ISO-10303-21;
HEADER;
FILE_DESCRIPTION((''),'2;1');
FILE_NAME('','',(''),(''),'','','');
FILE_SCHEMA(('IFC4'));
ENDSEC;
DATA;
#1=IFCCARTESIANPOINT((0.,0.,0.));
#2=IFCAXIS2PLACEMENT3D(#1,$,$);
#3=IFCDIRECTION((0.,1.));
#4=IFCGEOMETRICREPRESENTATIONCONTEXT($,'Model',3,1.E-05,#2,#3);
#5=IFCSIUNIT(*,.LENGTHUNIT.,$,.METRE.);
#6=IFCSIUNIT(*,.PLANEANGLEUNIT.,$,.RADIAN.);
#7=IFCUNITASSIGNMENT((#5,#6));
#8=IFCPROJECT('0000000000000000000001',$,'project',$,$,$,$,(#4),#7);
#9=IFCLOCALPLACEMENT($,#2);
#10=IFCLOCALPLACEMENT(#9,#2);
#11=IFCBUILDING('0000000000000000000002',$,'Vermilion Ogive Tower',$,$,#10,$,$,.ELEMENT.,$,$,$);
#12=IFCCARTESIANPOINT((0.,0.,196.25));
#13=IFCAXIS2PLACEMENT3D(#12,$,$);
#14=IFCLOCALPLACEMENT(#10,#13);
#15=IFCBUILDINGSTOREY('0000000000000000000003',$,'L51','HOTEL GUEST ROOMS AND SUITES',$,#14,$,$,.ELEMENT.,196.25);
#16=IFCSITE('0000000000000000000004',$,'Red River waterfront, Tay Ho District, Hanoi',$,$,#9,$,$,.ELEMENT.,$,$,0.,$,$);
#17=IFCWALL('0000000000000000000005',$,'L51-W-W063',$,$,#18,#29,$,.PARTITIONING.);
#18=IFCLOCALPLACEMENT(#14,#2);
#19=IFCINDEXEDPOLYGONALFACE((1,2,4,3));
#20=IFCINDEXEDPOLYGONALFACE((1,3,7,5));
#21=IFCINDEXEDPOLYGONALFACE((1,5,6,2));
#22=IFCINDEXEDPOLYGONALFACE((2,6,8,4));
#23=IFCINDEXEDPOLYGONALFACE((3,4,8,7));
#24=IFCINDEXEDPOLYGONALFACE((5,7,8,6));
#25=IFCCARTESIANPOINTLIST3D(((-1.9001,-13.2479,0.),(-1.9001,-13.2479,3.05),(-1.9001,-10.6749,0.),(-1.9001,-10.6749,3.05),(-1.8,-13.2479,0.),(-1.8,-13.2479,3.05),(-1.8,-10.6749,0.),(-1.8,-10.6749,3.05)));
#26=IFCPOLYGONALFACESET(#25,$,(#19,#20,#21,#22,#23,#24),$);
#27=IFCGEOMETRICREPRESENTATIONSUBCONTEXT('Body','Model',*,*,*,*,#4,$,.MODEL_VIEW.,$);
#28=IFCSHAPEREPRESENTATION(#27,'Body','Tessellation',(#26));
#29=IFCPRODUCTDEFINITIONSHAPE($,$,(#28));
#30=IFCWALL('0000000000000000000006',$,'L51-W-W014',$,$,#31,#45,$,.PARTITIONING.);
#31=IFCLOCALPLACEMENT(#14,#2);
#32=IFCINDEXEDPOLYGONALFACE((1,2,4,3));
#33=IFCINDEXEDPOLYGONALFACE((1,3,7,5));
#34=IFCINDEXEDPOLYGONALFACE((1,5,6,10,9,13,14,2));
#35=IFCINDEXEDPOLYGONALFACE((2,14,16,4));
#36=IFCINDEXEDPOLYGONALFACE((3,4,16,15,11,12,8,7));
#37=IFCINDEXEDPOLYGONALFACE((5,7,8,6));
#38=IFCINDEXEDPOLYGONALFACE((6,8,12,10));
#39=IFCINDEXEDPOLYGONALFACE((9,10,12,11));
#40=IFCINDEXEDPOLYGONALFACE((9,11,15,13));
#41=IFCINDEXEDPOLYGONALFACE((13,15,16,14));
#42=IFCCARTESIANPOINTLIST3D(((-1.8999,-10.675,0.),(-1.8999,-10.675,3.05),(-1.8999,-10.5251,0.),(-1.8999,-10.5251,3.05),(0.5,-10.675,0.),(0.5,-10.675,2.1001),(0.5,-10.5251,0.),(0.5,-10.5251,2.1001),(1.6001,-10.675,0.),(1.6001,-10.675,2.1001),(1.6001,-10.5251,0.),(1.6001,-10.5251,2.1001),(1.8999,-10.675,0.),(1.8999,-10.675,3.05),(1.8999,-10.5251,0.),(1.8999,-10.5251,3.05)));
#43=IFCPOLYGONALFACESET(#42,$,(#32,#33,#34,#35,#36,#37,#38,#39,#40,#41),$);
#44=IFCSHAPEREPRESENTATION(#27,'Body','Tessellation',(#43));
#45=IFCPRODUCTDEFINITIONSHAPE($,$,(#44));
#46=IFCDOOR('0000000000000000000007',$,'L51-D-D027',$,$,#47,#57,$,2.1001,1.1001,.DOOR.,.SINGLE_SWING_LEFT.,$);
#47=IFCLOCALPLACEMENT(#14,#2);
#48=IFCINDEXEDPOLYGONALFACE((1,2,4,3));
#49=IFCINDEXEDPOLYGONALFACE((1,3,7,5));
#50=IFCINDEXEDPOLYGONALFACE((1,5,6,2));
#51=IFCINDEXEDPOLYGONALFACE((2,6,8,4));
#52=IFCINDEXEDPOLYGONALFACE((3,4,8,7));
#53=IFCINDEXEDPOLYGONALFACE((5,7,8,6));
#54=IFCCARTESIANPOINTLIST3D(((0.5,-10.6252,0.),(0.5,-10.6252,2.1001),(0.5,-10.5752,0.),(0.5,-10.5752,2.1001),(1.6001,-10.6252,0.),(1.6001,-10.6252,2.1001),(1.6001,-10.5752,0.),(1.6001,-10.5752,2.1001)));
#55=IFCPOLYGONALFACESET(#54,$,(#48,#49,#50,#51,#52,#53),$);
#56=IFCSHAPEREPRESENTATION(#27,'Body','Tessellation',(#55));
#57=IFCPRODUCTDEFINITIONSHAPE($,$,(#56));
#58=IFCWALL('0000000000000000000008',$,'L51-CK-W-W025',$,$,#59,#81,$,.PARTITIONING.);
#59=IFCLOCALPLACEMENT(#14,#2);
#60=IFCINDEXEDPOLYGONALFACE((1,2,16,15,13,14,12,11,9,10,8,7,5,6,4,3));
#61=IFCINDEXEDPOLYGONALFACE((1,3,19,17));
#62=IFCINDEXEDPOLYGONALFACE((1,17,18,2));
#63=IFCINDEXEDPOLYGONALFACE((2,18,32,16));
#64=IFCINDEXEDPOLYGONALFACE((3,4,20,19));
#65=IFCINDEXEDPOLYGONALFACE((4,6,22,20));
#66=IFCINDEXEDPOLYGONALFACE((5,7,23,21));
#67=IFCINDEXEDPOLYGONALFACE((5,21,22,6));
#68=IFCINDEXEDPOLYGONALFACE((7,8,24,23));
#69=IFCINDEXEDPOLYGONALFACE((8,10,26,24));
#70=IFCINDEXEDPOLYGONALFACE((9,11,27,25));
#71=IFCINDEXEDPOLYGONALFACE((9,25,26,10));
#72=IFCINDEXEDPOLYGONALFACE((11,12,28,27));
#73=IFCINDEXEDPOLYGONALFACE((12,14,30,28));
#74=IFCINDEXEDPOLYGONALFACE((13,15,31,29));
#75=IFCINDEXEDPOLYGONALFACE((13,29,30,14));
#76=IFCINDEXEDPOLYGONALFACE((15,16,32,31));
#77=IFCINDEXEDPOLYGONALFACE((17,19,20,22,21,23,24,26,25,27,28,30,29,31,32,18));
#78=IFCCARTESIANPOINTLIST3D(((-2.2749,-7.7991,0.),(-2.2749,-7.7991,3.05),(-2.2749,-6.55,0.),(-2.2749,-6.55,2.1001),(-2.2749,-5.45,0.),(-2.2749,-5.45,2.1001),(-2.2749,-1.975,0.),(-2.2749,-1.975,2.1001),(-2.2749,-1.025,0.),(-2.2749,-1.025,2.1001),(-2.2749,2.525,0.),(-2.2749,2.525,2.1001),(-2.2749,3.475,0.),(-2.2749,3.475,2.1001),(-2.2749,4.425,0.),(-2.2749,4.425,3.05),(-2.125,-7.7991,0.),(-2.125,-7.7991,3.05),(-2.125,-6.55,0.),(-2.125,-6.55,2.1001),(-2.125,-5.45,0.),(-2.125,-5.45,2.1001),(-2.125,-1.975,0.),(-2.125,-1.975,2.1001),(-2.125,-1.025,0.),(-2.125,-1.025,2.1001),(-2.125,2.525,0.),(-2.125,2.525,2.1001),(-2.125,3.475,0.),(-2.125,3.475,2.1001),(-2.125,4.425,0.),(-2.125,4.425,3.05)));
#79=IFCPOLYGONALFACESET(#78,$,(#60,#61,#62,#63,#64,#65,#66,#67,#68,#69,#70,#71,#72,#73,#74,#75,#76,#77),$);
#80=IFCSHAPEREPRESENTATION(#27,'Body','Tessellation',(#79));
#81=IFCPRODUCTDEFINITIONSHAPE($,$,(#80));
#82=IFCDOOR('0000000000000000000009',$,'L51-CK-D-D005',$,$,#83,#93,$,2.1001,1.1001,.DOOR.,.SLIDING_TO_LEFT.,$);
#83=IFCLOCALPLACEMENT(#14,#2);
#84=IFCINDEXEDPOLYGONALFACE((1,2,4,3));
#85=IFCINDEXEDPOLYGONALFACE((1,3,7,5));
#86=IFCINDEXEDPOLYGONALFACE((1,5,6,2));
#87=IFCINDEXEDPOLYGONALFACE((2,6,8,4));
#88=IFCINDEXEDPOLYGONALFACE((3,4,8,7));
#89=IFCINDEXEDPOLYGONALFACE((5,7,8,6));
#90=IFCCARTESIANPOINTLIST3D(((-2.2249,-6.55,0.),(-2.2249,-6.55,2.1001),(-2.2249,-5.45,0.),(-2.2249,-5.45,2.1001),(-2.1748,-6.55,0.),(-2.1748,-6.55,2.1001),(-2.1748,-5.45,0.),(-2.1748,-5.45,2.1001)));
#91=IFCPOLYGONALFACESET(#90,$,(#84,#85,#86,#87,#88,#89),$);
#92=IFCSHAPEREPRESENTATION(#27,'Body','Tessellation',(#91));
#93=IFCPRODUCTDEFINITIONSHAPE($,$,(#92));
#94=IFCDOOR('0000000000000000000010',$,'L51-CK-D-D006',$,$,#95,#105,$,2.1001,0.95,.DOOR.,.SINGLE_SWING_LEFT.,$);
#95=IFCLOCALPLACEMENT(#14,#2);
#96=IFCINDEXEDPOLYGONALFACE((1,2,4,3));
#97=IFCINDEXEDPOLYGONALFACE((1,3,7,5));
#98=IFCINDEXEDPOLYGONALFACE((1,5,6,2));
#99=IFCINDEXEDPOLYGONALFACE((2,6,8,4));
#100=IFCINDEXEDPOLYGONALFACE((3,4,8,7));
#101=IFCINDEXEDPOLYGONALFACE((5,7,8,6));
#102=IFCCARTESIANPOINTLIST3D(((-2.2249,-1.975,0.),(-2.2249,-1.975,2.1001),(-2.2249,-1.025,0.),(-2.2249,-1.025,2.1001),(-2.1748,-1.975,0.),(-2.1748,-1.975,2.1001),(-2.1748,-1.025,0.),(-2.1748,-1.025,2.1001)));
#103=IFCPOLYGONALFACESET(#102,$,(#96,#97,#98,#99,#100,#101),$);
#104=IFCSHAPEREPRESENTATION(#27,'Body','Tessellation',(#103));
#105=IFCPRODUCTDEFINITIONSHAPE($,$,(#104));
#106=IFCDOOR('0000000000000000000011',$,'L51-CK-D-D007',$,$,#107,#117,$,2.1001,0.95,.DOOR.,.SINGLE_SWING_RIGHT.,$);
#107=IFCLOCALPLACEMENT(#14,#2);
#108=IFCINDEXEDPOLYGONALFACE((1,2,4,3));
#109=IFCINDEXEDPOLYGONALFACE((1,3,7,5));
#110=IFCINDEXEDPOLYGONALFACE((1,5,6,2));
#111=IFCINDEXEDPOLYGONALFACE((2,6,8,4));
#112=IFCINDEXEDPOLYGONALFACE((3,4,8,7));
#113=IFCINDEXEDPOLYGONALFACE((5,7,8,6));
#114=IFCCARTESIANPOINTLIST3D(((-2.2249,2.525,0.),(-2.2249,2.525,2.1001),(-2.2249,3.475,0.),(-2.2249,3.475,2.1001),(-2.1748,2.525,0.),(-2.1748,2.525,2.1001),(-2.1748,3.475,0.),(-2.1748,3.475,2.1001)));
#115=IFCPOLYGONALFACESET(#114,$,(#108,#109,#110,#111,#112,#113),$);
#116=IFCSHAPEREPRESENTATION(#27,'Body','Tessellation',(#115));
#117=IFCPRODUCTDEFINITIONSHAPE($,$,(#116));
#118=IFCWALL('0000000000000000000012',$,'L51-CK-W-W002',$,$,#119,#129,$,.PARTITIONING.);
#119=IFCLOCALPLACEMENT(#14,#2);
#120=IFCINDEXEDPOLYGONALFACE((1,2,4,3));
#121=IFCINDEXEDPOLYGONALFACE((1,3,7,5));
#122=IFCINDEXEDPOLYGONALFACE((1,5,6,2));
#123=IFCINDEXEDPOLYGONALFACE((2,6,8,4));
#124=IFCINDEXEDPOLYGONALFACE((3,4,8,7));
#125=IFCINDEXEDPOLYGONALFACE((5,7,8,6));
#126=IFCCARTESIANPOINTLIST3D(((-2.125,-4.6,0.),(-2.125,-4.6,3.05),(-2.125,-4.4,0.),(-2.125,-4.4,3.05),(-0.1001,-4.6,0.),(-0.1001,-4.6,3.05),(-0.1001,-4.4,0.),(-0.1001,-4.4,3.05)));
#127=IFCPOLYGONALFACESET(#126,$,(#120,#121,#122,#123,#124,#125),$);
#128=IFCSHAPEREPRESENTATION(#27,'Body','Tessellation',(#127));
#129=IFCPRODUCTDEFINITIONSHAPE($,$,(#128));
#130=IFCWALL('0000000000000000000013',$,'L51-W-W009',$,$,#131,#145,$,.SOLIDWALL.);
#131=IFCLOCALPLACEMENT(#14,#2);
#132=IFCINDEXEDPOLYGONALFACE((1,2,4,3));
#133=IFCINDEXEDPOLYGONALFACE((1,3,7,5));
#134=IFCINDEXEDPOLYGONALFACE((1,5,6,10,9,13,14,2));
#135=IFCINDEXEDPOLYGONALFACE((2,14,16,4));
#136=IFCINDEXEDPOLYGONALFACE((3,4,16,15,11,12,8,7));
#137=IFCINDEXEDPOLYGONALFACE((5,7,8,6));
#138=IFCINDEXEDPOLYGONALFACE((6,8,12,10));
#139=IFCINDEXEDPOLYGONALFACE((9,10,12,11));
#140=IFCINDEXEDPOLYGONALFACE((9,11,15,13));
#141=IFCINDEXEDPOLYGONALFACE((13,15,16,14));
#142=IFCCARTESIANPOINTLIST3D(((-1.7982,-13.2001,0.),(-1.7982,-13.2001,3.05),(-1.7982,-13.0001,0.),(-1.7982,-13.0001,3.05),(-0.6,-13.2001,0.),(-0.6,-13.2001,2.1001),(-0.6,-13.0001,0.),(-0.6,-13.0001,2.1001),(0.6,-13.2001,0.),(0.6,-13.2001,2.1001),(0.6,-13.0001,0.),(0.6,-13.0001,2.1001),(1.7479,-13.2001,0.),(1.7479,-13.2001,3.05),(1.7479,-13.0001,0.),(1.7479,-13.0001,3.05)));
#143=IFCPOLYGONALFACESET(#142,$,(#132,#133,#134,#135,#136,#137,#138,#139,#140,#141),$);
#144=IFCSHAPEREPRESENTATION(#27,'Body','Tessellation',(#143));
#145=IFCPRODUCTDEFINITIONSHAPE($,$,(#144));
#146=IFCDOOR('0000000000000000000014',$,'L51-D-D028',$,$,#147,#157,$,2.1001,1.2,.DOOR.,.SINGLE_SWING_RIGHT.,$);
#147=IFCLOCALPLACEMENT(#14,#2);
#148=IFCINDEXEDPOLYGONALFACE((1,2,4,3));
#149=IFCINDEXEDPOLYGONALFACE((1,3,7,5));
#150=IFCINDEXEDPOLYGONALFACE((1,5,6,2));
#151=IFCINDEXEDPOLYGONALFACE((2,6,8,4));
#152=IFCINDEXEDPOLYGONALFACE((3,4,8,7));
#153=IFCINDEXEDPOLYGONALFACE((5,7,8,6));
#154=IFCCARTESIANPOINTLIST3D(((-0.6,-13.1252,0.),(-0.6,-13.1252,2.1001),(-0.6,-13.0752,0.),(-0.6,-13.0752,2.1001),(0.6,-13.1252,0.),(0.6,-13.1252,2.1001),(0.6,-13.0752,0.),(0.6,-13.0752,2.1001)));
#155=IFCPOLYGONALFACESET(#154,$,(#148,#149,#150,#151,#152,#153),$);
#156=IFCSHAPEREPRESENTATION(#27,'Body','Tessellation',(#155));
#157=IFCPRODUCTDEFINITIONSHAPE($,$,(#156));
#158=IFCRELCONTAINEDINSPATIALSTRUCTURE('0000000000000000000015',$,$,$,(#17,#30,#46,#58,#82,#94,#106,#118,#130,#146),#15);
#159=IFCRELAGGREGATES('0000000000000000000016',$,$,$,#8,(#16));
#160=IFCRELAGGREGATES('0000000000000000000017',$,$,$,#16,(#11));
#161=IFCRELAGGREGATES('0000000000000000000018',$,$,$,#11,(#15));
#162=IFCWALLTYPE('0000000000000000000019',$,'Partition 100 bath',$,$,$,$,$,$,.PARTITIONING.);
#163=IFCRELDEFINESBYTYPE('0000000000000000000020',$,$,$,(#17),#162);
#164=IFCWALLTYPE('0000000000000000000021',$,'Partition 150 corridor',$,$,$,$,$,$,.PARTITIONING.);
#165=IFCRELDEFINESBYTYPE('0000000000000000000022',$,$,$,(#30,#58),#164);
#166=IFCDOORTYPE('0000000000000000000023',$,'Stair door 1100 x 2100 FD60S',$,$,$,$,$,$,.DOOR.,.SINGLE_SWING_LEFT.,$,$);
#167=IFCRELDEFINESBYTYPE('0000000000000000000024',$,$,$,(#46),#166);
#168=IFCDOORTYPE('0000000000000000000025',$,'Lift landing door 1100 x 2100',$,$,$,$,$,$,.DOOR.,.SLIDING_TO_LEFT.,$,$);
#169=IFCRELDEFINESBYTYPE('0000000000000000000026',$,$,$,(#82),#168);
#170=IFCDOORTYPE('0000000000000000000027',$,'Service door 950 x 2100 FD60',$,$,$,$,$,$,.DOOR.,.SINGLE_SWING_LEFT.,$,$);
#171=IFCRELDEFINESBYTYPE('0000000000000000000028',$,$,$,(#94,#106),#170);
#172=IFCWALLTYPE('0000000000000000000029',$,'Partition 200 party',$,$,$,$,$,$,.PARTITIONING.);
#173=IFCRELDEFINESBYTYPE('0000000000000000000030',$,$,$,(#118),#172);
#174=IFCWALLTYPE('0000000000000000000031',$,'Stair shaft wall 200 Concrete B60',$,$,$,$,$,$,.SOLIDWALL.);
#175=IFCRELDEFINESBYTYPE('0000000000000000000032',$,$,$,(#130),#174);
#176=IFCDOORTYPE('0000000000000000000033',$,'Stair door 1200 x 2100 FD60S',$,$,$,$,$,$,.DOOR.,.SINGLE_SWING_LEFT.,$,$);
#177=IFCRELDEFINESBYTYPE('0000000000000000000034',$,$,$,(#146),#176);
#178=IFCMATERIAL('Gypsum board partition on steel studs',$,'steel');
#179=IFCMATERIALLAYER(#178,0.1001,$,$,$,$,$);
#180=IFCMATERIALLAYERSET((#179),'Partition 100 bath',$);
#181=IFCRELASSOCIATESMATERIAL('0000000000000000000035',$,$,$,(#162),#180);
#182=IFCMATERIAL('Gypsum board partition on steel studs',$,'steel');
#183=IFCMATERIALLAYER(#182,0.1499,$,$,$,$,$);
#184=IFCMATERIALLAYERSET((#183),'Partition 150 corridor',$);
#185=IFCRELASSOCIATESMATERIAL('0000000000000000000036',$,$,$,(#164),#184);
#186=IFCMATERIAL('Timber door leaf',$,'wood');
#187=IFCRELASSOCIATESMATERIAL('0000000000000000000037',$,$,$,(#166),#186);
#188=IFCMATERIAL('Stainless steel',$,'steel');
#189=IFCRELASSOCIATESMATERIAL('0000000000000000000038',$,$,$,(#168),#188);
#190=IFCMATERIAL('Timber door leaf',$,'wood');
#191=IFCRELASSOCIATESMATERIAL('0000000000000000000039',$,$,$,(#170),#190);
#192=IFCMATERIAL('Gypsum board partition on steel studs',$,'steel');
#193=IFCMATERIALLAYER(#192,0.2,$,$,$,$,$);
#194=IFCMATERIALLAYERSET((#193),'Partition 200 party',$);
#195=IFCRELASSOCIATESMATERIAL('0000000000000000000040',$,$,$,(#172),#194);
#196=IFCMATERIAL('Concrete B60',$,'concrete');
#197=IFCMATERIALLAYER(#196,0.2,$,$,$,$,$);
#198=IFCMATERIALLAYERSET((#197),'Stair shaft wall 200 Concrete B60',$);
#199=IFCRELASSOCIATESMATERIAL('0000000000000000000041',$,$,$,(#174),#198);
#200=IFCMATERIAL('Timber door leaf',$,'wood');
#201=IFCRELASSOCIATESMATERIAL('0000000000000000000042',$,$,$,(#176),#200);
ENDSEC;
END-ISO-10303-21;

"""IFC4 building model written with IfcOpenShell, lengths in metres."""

from ifc_helpers import new_model, si_unit, direction, frame, frame_2d, origin, place, context, subcontext, project, spatial, rectangle, extrude, material, layer, layer_set, type_object, element, fill, save


model = new_model("IFC4")

# Units and contexts
model_context = context("Model", 3, precision=1e-05, world=origin(), true_north=direction((0.0, 1.0)))
body_context = subcontext(model_context, "Body", "Model", "MODEL_VIEW")
ifc_project = project(units=[si_unit("LENGTHUNIT", "METRE"), si_unit("PLANEANGLEUNIT", "RADIAN")], contexts=[model_context])

# Site, building, storey
site_placement = place(None, origin())
site = spatial("IfcSite", under=ifc_project, at=site_placement, Name="Red River waterfront, Tay Ho District, Hanoi", CompositionType="ELEMENT", RefElevation=0.0)
building_placement = place(site_placement, origin())
building = spatial("IfcBuilding", under=site, at=building_placement, Name="Vermilion Ogive Tower", CompositionType="ELEMENT")
storey_placement = place(building_placement, frame((0.0, 0.0, 196.25)))
storey = spatial("IfcBuildingStorey", under=building, at=storey_placement, Name="L51", Description="HOTEL GUEST ROOMS AND SUITES", CompositionType="ELEMENT", Elevation=196.25)

# Wall
ifc_material_1 = material(Name="Gypsum board partition on steel studs", Category="steel")
ifc_layer_1 = layer(ifc_material_1, 0.1001)
ifc_layer_set_1 = layer_set([ifc_layer_1], Name="Partition 100 bath")
wall_type_1 = type_object("IfcWallType", Name="Partition 100 bath", PredefinedType="PARTITIONING", material=ifc_layer_set_1)
wall_1_placement = place(storey_placement, frame((-1.8501, -13.248, 0.0), z_axis=(0.0, 0.0, 1.0), x_axis=(0.0, 1.0, 0.0)))
element("IfcWall", 1, at=wall_1_placement, inside=storey, type_object=wall_type_1, Name="L51-W-W063", PredefinedType="PARTITIONING", context=body_context, shape_type="SweptSolid", body=[
    extrude(rectangle(XDim=2.573, YDim=0.1001, at=frame_2d((1.2866, 0.0))), origin(), (0.0, 0.0, 1.0), 3.05),
])

# Wall, opening, door
ifc_material_2 = material(Name="Gypsum board partition on steel studs", Category="steel")
ifc_layer_2 = layer(ifc_material_2, 0.1499)
ifc_layer_set_2 = layer_set([ifc_layer_2], Name="Partition 150 corridor")
wall_type_2 = type_object("IfcWallType", Name="Partition 150 corridor", PredefinedType="PARTITIONING", material=ifc_layer_set_2)
wall_2_placement = place(storey_placement, frame((-1.8999, -10.6001, 0.0), z_axis=(0.0, 0.0, 1.0), x_axis=(1.0, 0.0, 0.0)))
wall_2 = element("IfcWall", 2, at=wall_2_placement, inside=storey, type_object=wall_type_2, Name="L51-W-W014", PredefinedType="PARTITIONING", context=body_context, shape_type="SweptSolid", body=[
    extrude(rectangle(XDim=3.7998, YDim=0.1499, at=frame_2d((1.8999, 0.0))), origin(), (0.0, 0.0, 1.0), 3.05),
])
opening_1_placement = place(wall_2_placement, frame((2.3999, 0.0, 0.0)))
opening_1 = element("IfcOpeningElement", 3, at=opening_1_placement, cuts=wall_2, PredefinedType="OPENING", context=body_context, shape_type="SweptSolid", body=[
    extrude(rectangle(XDim=1.1001, YDim=2.1001, at=frame_2d((0.55, 1.05))), frame((0.0, 0.085, 0.0), z_axis=(0.0, -1.0, 0.0), x_axis=(1.0, 0.0, 0.0)), (0.0, 0.0, 1.0), 0.1699),
])
ifc_material_3 = material(Name="Timber door leaf", Category="wood")
door_type_1 = type_object("IfcDoorType", Name="Stair door 1100 x 2100 FD60S", OperationType="SINGLE_SWING_LEFT", PredefinedType="DOOR", material=ifc_material_3)
door_1_placement = place(opening_1_placement, origin())
door_1 = element("IfcDoor", 4, at=door_1_placement, inside=storey, type_object=door_type_1, Name="L51-D-D027", OperationType="SINGLE_SWING_LEFT", OverallHeight=2.1001, OverallWidth=1.1001, PredefinedType="DOOR", context=body_context, shape_type="SweptSolid", body=[
    extrude(rectangle(XDim=1.1001, YDim=2.1001, at=frame_2d((0.55, 1.05))), frame((0.0, 0.0249, 0.0), z_axis=(0.0, -1.0, 0.0), x_axis=(1.0, 0.0, 0.0)), (0.0, 0.0, 1.0), 0.05),
])
fill(opening_1, door_1)

# Wall, openings, doors
wall_3_placement = place(storey_placement, frame((-2.2, -7.7991, 0.0), z_axis=(0.0, 0.0, 1.0), x_axis=(0.0, 1.0, 0.0)))
wall_3 = element("IfcWall", 5, at=wall_3_placement, inside=storey, type_object=wall_type_2, Name="L51-CK-W-W025", PredefinedType="PARTITIONING", context=body_context, shape_type="SweptSolid", body=[
    extrude(rectangle(XDim=12.2241, YDim=0.1499, at=frame_2d((6.1121, 0.0))), origin(), (0.0, 0.0, 1.0), 3.05),
])
opening_2_placement = place(wall_3_placement, frame((1.249, 0.0, 0.0)))
opening_2 = element("IfcOpeningElement", 6, at=opening_2_placement, cuts=wall_3, PredefinedType="OPENING", context=body_context, shape_type="SweptSolid", body=[
    extrude(rectangle(XDim=1.1001, YDim=2.1001, at=frame_2d((0.55, 1.05))), frame((0.0, 0.085, 0.0), z_axis=(0.0, -1.0, 0.0), x_axis=(1.0, 0.0, 0.0)), (0.0, 0.0, 1.0), 0.1699),
])
opening_3_placement = place(wall_3_placement, frame((5.824, 0.0, 0.0)))
opening_3 = element("IfcOpeningElement", 7, at=opening_3_placement, cuts=wall_3, PredefinedType="OPENING", context=body_context, shape_type="SweptSolid", body=[
    extrude(rectangle(XDim=0.95, YDim=2.1001, at=frame_2d((0.4751, 1.05))), frame((0.0, 0.085, 0.0), z_axis=(0.0, -1.0, 0.0), x_axis=(1.0, 0.0, 0.0)), (0.0, 0.0, 1.0), 0.1699),
])
opening_4_placement = place(wall_3_placement, frame((10.324, 0.0, 0.0)))
opening_4 = element("IfcOpeningElement", 8, at=opening_4_placement, cuts=wall_3, PredefinedType="OPENING", context=body_context, shape_type="SweptSolid", body=[
    extrude(rectangle(XDim=0.95, YDim=2.1001, at=frame_2d((0.4751, 1.05))), frame((0.0, 0.085, 0.0), z_axis=(0.0, -1.0, 0.0), x_axis=(1.0, 0.0, 0.0)), (0.0, 0.0, 1.0), 0.1699),
])
ifc_material_4 = material(Name="Stainless steel", Category="steel")
door_type_2 = type_object("IfcDoorType", Name="Lift landing door 1100 x 2100", OperationType="SLIDING_TO_LEFT", PredefinedType="DOOR", material=ifc_material_4)
door_2_placement = place(opening_2_placement, origin())
door_2 = element("IfcDoor", 9, at=door_2_placement, inside=storey, type_object=door_type_2, Name="L51-CK-D-D005", OperationType="SLIDING_TO_LEFT", OverallHeight=2.1001, OverallWidth=1.1001, PredefinedType="DOOR", context=body_context, shape_type="SweptSolid", body=[
    extrude(rectangle(XDim=1.1001, YDim=2.1001, at=frame_2d((0.55, 1.05))), frame((0.0, 0.0249, 0.0), z_axis=(0.0, -1.0, 0.0), x_axis=(1.0, 0.0, 0.0)), (0.0, 0.0, 1.0), 0.05),
])
fill(opening_2, door_2)
ifc_material_5 = material(Name="Timber door leaf", Category="wood")
door_type_3 = type_object("IfcDoorType", Name="Service door 950 x 2100 FD60", OperationType="SINGLE_SWING_LEFT", PredefinedType="DOOR", material=ifc_material_5)
door_3_placement = place(opening_3_placement, origin())
door_3 = element("IfcDoor", 10, at=door_3_placement, inside=storey, type_object=door_type_3, Name="L51-CK-D-D006", OperationType="SINGLE_SWING_LEFT", OverallHeight=2.1001, OverallWidth=0.95, PredefinedType="DOOR", context=body_context, shape_type="SweptSolid", body=[
    extrude(rectangle(XDim=0.95, YDim=2.1001, at=frame_2d((0.4751, 1.05))), frame((0.0, 0.0249, 0.0), z_axis=(0.0, -1.0, 0.0), x_axis=(1.0, 0.0, 0.0)), (0.0, 0.0, 1.0), 0.05),
])
fill(opening_3, door_3)
door_4_placement = place(opening_4_placement, origin())
door_4 = element("IfcDoor", 11, at=door_4_placement, inside=storey, type_object=door_type_3, Name="L51-CK-D-D007", OperationType="SINGLE_SWING_RIGHT", OverallHeight=2.1001, OverallWidth=0.95, PredefinedType="DOOR", context=body_context, shape_type="SweptSolid", body=[
    extrude(rectangle(XDim=0.95, YDim=2.1001, at=frame_2d((0.4751, 1.05))), frame((0.0, 0.0249, 0.0), z_axis=(0.0, -1.0, 0.0), x_axis=(1.0, 0.0, 0.0)), (0.0, 0.0, 1.0), 0.05),
])
fill(opening_4, door_4)

# Wall
ifc_material_6 = material(Name="Gypsum board partition on steel studs", Category="steel")
ifc_layer_3 = layer(ifc_material_6, 0.2)
ifc_layer_set_3 = layer_set([ifc_layer_3], Name="Partition 200 party")
wall_type_3 = type_object("IfcWallType", Name="Partition 200 party", PredefinedType="PARTITIONING", material=ifc_layer_set_3)
wall_4_placement = place(storey_placement, frame((-2.125, -4.5, 0.0), z_axis=(0.0, 0.0, 1.0), x_axis=(1.0, 0.0, 0.0)))
element("IfcWall", 12, at=wall_4_placement, inside=storey, type_object=wall_type_3, Name="L51-CK-W-W002", PredefinedType="PARTITIONING", context=body_context, shape_type="SweptSolid", body=[
    extrude(rectangle(XDim=2.0249, YDim=0.2, at=frame_2d((1.0125, 0.0))), origin(), (0.0, 0.0, 1.0), 3.05),
])

# Wall, opening, door
ifc_material_7 = material(Name="Concrete B60", Category="concrete")
ifc_layer_4 = layer(ifc_material_7, 0.2)
ifc_layer_set_4 = layer_set([ifc_layer_4], Name="Stair shaft wall 200 Concrete B60")
wall_type_4 = type_object("IfcWallType", Name="Stair shaft wall 200 Concrete B60", PredefinedType="SOLIDWALL", material=ifc_layer_set_4)
wall_5_placement = place(storey_placement, frame((-1.7981, -13.1001, 0.0), z_axis=(0.0, 0.0, 1.0), x_axis=(1.0, 0.0, 0.0)))
wall_5 = element("IfcWall", 13, at=wall_5_placement, inside=storey, type_object=wall_type_4, Name="L51-W-W009", PredefinedType="SOLIDWALL", context=body_context, shape_type="SweptSolid", body=[
    extrude(rectangle(XDim=3.5461, YDim=0.2, at=frame_2d((1.7729, 0.0))), origin(), (0.0, 0.0, 1.0), 3.05),
])
opening_5_placement = place(wall_5_placement, frame((1.198, 0.0, 0.0)))
opening_5 = element("IfcOpeningElement", 14, at=opening_5_placement, cuts=wall_5, PredefinedType="OPENING", context=body_context, shape_type="SweptSolid", body=[
    extrude(rectangle(XDim=1.2, YDim=2.1001, at=frame_2d((0.6001, 1.05))), frame((0.0, 0.1099, 0.0), z_axis=(0.0, -1.0, 0.0), x_axis=(1.0, 0.0, 0.0)), (0.0, 0.0, 1.0), 0.22),
])
ifc_material_8 = material(Name="Timber door leaf", Category="wood")
door_type_4 = type_object("IfcDoorType", Name="Stair door 1200 x 2100 FD60S", OperationType="SINGLE_SWING_LEFT", PredefinedType="DOOR", material=ifc_material_8)
door_5_placement = place(opening_5_placement, origin())
door_5 = element("IfcDoor", 15, at=door_5_placement, inside=storey, type_object=door_type_4, Name="L51-D-D028", OperationType="SINGLE_SWING_RIGHT", OverallHeight=2.1001, OverallWidth=1.2, PredefinedType="DOOR", context=body_context, shape_type="SweptSolid", body=[
    extrude(rectangle(XDim=1.2, YDim=2.1001, at=frame_2d((0.6001, 1.05))), frame((0.0, 0.0249, 0.0), z_axis=(0.0, -1.0, 0.0), x_axis=(1.0, 0.0, 0.0)), (0.0, 0.0, 1.0), 0.05),
])
fill(opening_5, door_5)

save(model, "model.ifc")
